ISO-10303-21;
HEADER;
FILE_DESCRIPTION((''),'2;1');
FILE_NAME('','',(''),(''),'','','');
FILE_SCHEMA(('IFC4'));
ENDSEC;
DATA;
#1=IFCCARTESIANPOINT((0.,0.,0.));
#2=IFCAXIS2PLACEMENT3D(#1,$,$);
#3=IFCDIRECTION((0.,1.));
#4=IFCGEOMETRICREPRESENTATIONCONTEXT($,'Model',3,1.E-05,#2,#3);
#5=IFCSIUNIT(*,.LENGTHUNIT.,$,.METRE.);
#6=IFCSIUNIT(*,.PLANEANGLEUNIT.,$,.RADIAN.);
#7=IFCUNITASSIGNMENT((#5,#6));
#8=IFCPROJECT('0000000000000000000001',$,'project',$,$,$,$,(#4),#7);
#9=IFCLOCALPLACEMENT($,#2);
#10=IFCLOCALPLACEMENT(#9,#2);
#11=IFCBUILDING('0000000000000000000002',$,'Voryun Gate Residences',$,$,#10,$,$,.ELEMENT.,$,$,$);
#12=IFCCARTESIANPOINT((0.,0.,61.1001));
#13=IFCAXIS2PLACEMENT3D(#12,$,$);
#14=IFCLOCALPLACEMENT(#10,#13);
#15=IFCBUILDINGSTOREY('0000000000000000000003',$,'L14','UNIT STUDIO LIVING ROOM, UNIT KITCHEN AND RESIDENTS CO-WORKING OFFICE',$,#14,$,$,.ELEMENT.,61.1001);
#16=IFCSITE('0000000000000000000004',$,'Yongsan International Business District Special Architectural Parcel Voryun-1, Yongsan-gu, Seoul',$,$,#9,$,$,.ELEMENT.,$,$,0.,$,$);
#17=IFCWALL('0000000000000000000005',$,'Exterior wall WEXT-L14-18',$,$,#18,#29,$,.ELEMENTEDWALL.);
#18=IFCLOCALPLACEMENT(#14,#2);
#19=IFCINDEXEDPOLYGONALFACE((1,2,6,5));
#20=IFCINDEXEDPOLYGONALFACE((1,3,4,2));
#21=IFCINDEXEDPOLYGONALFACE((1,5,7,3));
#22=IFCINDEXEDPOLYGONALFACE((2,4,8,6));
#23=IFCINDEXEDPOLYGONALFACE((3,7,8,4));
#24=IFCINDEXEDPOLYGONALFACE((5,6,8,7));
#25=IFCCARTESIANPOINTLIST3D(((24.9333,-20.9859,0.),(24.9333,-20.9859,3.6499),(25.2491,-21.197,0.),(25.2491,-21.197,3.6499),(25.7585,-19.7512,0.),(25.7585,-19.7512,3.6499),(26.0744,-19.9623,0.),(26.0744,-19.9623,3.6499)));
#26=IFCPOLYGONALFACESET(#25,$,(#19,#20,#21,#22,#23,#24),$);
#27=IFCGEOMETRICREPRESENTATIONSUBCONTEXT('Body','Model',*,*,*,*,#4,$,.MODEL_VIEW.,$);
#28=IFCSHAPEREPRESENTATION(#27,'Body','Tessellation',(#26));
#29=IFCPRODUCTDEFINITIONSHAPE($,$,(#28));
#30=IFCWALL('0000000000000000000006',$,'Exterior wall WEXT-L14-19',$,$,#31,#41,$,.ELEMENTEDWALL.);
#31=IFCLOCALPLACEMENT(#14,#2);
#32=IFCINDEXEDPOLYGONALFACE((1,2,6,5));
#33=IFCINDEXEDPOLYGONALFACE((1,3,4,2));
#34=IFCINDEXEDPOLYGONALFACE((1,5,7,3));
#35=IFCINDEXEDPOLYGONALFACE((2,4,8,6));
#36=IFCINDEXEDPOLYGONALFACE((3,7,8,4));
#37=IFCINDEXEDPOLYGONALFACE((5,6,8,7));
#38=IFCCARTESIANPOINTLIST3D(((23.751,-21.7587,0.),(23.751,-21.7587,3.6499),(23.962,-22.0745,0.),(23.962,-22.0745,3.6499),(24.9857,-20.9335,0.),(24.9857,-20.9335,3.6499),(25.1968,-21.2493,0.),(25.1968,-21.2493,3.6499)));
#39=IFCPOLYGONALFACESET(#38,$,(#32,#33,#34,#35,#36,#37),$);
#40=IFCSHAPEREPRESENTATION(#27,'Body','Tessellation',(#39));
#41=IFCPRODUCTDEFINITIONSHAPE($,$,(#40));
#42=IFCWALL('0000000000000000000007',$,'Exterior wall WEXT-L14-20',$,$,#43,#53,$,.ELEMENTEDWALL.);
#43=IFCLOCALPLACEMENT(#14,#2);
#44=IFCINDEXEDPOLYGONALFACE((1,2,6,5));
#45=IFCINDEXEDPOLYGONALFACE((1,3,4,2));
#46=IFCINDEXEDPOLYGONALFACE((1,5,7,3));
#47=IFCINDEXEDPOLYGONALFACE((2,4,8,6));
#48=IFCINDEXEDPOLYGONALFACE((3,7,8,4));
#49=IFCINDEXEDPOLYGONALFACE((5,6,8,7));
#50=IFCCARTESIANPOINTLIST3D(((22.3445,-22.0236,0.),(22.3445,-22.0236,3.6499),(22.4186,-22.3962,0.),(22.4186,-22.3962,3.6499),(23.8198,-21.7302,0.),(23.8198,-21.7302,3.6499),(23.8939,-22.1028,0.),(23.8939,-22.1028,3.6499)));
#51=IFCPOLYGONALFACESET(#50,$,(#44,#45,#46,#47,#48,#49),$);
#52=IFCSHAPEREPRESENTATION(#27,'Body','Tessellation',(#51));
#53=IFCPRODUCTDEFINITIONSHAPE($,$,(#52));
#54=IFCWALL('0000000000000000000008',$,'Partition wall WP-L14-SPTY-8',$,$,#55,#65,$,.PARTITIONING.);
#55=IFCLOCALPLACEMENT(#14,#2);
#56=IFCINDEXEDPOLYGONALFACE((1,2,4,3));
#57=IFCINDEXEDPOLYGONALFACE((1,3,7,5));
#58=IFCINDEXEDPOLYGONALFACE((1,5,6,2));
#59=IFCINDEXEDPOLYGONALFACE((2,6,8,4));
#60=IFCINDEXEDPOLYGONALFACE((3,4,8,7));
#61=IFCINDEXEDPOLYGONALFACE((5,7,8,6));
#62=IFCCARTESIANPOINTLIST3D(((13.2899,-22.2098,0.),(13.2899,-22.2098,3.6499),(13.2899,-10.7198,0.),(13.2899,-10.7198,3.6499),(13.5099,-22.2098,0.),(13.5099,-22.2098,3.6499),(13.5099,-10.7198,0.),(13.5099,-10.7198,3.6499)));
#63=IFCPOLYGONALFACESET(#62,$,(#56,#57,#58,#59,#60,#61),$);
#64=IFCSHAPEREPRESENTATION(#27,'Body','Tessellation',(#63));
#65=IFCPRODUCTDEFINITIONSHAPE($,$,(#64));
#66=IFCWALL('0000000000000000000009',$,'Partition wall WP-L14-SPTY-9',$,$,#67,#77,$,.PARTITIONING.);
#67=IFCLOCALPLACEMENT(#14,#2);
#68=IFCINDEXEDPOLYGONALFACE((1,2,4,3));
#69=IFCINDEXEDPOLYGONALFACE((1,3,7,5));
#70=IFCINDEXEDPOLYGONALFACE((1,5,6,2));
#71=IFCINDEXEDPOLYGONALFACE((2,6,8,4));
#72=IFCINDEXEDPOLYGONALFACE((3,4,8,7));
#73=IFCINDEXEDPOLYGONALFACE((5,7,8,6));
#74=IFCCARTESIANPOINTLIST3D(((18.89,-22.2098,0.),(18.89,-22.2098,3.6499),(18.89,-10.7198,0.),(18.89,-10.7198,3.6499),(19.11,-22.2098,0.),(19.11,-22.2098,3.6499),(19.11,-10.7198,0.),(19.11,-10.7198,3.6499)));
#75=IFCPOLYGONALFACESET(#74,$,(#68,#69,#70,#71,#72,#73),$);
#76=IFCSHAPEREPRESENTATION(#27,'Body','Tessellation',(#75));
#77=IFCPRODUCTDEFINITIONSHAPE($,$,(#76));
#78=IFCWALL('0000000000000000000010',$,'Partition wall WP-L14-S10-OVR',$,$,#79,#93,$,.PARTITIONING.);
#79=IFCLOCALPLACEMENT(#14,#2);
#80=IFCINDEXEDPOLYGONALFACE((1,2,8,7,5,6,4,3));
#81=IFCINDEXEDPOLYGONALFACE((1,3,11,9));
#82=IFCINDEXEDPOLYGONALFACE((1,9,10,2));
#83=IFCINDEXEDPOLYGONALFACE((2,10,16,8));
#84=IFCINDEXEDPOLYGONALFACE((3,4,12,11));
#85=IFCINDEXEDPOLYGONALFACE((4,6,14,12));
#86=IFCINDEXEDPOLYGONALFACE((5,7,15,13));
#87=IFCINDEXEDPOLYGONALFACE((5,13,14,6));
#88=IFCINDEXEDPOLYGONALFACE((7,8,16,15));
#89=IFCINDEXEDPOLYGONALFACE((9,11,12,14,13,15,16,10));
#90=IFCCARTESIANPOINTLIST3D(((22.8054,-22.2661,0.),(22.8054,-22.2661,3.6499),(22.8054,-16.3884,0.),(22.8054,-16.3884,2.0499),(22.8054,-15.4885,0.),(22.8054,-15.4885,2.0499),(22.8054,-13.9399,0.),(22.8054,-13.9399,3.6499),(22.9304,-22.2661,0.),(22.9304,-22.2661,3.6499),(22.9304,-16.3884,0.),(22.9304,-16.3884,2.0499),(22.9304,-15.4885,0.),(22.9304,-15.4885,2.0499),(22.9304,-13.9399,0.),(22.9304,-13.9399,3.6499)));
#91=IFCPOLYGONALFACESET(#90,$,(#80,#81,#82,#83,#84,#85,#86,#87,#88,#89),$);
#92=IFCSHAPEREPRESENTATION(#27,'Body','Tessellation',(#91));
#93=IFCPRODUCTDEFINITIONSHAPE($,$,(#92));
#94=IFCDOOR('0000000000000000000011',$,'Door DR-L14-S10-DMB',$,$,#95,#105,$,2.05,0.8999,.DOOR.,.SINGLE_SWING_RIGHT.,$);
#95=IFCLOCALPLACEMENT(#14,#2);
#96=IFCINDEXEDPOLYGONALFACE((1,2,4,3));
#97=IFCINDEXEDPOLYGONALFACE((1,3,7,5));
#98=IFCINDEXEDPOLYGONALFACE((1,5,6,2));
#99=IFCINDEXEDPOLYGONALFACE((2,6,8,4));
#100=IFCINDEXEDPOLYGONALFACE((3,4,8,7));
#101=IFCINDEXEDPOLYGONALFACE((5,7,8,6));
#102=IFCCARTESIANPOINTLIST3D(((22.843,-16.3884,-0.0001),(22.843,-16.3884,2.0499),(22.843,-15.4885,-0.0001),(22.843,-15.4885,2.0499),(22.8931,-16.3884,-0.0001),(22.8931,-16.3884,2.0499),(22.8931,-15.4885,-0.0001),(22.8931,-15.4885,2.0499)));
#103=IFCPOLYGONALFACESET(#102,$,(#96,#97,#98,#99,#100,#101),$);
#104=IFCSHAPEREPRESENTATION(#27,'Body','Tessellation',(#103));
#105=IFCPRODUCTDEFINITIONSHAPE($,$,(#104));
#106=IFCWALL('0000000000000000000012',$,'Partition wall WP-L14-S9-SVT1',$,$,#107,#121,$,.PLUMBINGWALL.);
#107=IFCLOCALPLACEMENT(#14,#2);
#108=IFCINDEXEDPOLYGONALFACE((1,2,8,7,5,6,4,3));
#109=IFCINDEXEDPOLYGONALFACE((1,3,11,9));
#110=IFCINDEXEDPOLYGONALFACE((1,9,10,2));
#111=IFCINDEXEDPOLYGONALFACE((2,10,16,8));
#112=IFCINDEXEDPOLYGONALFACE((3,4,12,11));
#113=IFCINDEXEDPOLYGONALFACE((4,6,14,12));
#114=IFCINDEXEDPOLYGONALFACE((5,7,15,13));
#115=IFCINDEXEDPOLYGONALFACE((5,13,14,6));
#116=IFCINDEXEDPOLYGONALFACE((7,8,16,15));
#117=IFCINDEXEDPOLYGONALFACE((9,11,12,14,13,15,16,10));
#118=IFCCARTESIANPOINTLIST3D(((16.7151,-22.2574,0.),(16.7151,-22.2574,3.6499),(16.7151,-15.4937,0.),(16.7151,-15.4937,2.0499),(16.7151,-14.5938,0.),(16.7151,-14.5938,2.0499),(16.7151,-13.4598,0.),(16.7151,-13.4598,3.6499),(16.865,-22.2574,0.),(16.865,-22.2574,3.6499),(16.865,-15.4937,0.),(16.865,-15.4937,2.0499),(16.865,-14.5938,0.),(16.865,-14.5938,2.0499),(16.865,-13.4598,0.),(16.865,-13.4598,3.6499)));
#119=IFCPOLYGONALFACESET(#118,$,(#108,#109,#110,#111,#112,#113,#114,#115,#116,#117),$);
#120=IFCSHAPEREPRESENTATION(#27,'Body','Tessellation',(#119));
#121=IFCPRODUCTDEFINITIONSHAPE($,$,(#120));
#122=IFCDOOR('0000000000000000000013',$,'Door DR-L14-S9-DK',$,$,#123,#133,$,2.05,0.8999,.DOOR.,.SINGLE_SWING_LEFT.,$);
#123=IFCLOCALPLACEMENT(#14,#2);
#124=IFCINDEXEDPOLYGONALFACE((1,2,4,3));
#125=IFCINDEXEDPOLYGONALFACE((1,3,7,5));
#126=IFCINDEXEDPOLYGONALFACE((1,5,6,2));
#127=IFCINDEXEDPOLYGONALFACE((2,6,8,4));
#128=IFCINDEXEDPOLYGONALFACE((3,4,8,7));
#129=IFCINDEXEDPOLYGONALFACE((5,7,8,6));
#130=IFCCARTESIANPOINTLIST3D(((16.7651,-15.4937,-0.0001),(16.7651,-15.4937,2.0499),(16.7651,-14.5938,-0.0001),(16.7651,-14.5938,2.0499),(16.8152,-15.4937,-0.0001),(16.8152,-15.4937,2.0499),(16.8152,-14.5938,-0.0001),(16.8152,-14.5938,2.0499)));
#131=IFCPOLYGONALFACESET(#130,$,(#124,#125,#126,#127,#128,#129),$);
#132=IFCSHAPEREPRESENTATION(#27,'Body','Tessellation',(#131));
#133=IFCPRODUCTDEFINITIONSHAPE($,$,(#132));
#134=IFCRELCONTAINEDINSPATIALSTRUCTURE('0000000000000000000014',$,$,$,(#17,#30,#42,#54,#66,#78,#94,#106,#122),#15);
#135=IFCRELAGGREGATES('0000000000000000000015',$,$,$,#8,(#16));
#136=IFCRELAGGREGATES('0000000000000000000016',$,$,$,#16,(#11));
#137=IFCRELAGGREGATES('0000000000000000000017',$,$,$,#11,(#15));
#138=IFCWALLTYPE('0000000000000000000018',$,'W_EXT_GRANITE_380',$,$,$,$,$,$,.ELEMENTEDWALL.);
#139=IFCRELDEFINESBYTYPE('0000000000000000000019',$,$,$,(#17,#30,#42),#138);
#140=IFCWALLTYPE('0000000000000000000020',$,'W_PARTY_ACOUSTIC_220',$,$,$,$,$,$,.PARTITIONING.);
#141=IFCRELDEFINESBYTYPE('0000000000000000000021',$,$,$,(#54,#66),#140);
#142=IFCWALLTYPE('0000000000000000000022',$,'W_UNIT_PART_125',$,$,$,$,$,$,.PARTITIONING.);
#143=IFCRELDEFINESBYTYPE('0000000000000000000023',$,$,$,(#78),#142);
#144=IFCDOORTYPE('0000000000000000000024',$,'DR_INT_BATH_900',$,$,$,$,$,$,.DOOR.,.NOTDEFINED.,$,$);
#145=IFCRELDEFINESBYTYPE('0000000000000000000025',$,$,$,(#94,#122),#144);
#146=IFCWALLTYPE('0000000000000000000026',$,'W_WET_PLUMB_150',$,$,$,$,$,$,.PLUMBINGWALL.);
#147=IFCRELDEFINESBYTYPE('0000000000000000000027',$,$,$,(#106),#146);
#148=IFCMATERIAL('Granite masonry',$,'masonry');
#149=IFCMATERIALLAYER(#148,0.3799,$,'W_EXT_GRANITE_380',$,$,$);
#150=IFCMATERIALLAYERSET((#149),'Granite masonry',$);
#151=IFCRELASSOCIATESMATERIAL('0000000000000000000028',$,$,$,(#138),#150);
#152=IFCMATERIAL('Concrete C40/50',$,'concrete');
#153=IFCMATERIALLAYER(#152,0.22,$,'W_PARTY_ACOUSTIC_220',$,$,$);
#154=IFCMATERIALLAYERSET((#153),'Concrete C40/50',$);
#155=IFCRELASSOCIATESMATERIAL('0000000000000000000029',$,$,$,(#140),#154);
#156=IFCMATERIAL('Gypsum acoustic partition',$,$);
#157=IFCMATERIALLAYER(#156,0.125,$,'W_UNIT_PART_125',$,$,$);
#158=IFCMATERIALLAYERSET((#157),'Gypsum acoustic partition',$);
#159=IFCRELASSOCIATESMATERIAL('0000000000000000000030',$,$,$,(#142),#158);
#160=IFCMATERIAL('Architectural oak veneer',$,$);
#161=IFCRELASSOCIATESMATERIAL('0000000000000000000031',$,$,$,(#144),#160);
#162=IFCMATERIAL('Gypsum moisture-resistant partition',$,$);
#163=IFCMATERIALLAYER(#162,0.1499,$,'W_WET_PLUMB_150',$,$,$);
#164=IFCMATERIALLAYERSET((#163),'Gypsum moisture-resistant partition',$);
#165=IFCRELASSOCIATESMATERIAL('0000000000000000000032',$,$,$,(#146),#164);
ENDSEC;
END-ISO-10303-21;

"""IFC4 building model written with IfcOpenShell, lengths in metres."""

from ifc_helpers import new_model, si_unit, direction, frame, frame_2d, origin, place, context, subcontext, project, spatial, rectangle, extrude, material, layer, layer_set, type_object, element, fill, save


model = new_model("IFC4")

# Units and contexts
model_context = context("Model", 3, precision=1e-05, world=origin(), true_north=direction((0.0, 1.0)))
body_context = subcontext(model_context, "Body", "Model", "MODEL_VIEW")
ifc_project = project(units=[si_unit("LENGTHUNIT", "METRE"), si_unit("PLANEANGLEUNIT", "RADIAN")], contexts=[model_context])

# Site, building, storey
site_placement = place(None, origin())
site = spatial("IfcSite", under=ifc_project, at=site_placement, Name="Yongsan International Business District Special Architectural Parcel Voryun-1, Yongsan-gu, Seoul", CompositionType="ELEMENT", RefElevation=0.0)
building_placement = place(site_placement, origin())
building = spatial("IfcBuilding", under=site, at=building_placement, Name="Voryun Gate Residences", CompositionType="ELEMENT")
storey_placement = place(building_placement, frame((0.0, 0.0, 61.1001)))
storey = spatial("IfcBuildingStorey", under=building, at=storey_placement, Name="L14", Description="UNIT STUDIO LIVING ROOM, UNIT KITCHEN AND RESIDENTS CO-WORKING OFFICE", CompositionType="ELEMENT", Elevation=61.1001)

# Shared definitions
ifc_material_1 = material(Name="Granite masonry", Category="masonry")
ifc_layer_1 = layer(ifc_material_1, 0.3799, Name="W_EXT_GRANITE_380")
ifc_layer_set_1 = layer_set([ifc_layer_1], Name="Granite masonry")
wall_type_1 = type_object("IfcWallType", Name="W_EXT_GRANITE_380", PredefinedType="ELEMENTEDWALL", material=ifc_layer_set_1)

# Walls
for number, where, z_axis, x_axis, name in (
    (1, (25.9165, -19.8567, 0.0), (0.0, 0.0, 1.0), (-0.555686, -0.831392, 0.0), "Exterior wall WEXT-L14-18"),
    (2, (25.0913, -21.0913, 0.0), (0.0, 0.0, 1.0), (-0.831392, -0.555686, 0.0), "Exterior wall WEXT-L14-19"),
):
    element("IfcWall", number, at=place(storey_placement, frame(where, z_axis=z_axis, x_axis=x_axis)), inside=storey, type_object=wall_type_1, Name=name, PredefinedType="ELEMENTEDWALL", context=body_context, shape_type="SweptSolid", body=[
        extrude(rectangle(XDim=1.4851, YDim=0.3799, at=frame_2d((0.7427, 0.0))), origin(), (0.0, 0.0, 1.0), 3.6499),
    ])
wall_1_placement = place(storey_placement, frame((23.8567, -21.9165, 0.0), z_axis=(0.0, 0.0, 1.0), x_axis=(-0.980786, -0.195086, 0.0)))
element("IfcWall", 3, at=wall_1_placement, inside=storey, type_object=wall_type_1, Name="Exterior wall WEXT-L14-20", PredefinedType="ELEMENTEDWALL", context=body_context, shape_type="SweptSolid", body=[
    extrude(rectangle(XDim=1.5042, YDim=0.3799, at=frame_2d((0.752, 0.0))), origin(), (0.0, 0.0, 1.0), 3.6499),
])
ifc_material_2 = material(Name="Concrete C40/50", Category="concrete")
ifc_layer_2 = layer(ifc_material_2, 0.22, Name="W_PARTY_ACOUSTIC_220")
ifc_layer_set_2 = layer_set([ifc_layer_2], Name="Concrete C40/50")
wall_type_2 = type_object("IfcWallType", Name="W_PARTY_ACOUSTIC_220", PredefinedType="PARTITIONING", material=ifc_layer_set_2)
for number, where, z_axis, x_axis, name in (
    (4, (13.3999, -22.21, 0.0), (0.0, 0.0, 1.0), (0.0, 1.0, 0.0), "Partition wall WP-L14-SPTY-8"),
    (5, (19.0, -22.21, 0.0), (0.0, 0.0, 1.0), (0.0, 1.0, 0.0), "Partition wall WP-L14-SPTY-9"),
):
    element("IfcWall", number, at=place(storey_placement, frame(where, z_axis=z_axis, x_axis=x_axis)), inside=storey, type_object=wall_type_2, Name=name, PredefinedType="PARTITIONING", context=body_context, shape_type="SweptSolid", body=[
        extrude(rectangle(XDim=11.49, YDim=0.22, at=frame_2d((5.7451, 0.0))), origin(), (0.0, 0.0, 1.0), 3.6499),
    ])

# Walls, openings, doors
ifc_material_3 = material(Name="Gypsum acoustic partition")
ifc_layer_3 = layer(ifc_material_3, 0.125, Name="W_UNIT_PART_125")
ifc_layer_set_3 = layer_set([ifc_layer_3], Name="Gypsum acoustic partition")
wall_type_3 = type_object("IfcWallType", Name="W_UNIT_PART_125", PredefinedType="PARTITIONING", material=ifc_layer_set_3)
wall_2_placement = place(storey_placement, frame((22.8679, -22.2661, 0.0), z_axis=(0.0, 0.0, 1.0), x_axis=(0.0, 1.0, 0.0)))
wall_2 = element("IfcWall", 6, at=wall_2_placement, inside=storey, type_object=wall_type_3, Name="Partition wall WP-L14-S10-OVR", PredefinedType="PARTITIONING", context=body_context, shape_type="SweptSolid", body=[
    extrude(rectangle(XDim=8.3262, YDim=0.125, at=frame_2d((4.1631, 0.0))), origin(), (0.0, 0.0, 1.0), 3.6499),
])
opening_1_placement = place(wall_2_placement, frame((5.8777, 0.0, 0.0)))
opening_1 = element("IfcOpeningElement", 7, at=opening_1_placement, cuts=wall_2, PredefinedType="OPENING", context=body_context, shape_type="SweptSolid", body=[
    extrude(rectangle(XDim=0.8999, YDim=2.05, at=frame_2d((0.45, 1.0249))), frame((0.0, 0.0725, 0.0), z_axis=(0.0, -1.0, 0.0), x_axis=(1.0, 0.0, 0.0)), (0.0, 0.0, 1.0), 0.145),
])
ifc_material_4 = material(Name="Architectural oak veneer")
door_type = type_object("IfcDoorType", Name="DR_INT_BATH_900", OperationType="NOTDEFINED", PredefinedType="DOOR", material=ifc_material_4)
door_1_placement = place(opening_1_placement, origin())
door_1 = element("IfcDoor", 8, at=door_1_placement, inside=storey, type_object=door_type, Name="Door DR-L14-S10-DMB", OperationType="SINGLE_SWING_RIGHT", OverallHeight=2.05, OverallWidth=0.8999, PredefinedType="DOOR", context=body_context, shape_type="SweptSolid", body=[
    extrude(rectangle(XDim=0.8999, YDim=2.05, at=frame_2d((0.45, 1.0249))), frame((0.0, 0.0249, 0.0), z_axis=(0.0, -1.0, 0.0), x_axis=(1.0, 0.0, 0.0)), (0.0, 0.0, 1.0), 0.05),
])
fill(opening_1, door_1)
ifc_material_5 = material(Name="Gypsum moisture-resistant partition")
ifc_layer_4 = layer(ifc_material_5, 0.1499, Name="W_WET_PLUMB_150")
ifc_layer_set_4 = layer_set([ifc_layer_4], Name="Gypsum moisture-resistant partition")
wall_type_4 = type_object("IfcWallType", Name="W_WET_PLUMB_150", PredefinedType="PLUMBINGWALL", material=ifc_layer_set_4)
wall_3_placement = place(storey_placement, frame((16.79, -22.2576, 0.0), z_axis=(0.0, 0.0, 1.0), x_axis=(0.0, 1.0, 0.0)))
wall_3 = element("IfcWall", 9, at=wall_3_placement, inside=storey, type_object=wall_type_4, Name="Partition wall WP-L14-S9-SVT1", PredefinedType="PLUMBINGWALL", context=body_context, shape_type="SweptSolid", body=[
    extrude(rectangle(XDim=8.7976, YDim=0.1499, at=frame_2d((4.3989, 0.0))), origin(), (0.0, 0.0, 1.0), 3.6499),
])
opening_2_placement = place(wall_3_placement, frame((6.7639, 0.0, 0.0)))
opening_2 = element("IfcOpeningElement", 10, at=opening_2_placement, cuts=wall_3, PredefinedType="OPENING", context=body_context, shape_type="SweptSolid", body=[
    extrude(rectangle(XDim=0.8999, YDim=2.05, at=frame_2d((0.45, 1.0249))), frame((0.0, 0.085, 0.0), z_axis=(0.0, -1.0, 0.0), x_axis=(1.0, 0.0, 0.0)), (0.0, 0.0, 1.0), 0.1699),
])
door_2_placement = place(opening_2_placement, origin())
door_2 = element("IfcDoor", 11, at=door_2_placement, inside=storey, type_object=door_type, Name="Door DR-L14-S9-DK", OperationType="SINGLE_SWING_LEFT", OverallHeight=2.05, OverallWidth=0.8999, PredefinedType="DOOR", context=body_context, shape_type="SweptSolid", body=[
    extrude(rectangle(XDim=0.8999, YDim=2.05, at=frame_2d((0.45, 1.0249))), frame((0.0, 0.0249, 0.0), z_axis=(0.0, -1.0, 0.0), x_axis=(1.0, 0.0, 0.0)), (0.0, 0.0, 1.0), 0.05),
])
fill(opening_2, door_2)

save(model, "model.ifc")
